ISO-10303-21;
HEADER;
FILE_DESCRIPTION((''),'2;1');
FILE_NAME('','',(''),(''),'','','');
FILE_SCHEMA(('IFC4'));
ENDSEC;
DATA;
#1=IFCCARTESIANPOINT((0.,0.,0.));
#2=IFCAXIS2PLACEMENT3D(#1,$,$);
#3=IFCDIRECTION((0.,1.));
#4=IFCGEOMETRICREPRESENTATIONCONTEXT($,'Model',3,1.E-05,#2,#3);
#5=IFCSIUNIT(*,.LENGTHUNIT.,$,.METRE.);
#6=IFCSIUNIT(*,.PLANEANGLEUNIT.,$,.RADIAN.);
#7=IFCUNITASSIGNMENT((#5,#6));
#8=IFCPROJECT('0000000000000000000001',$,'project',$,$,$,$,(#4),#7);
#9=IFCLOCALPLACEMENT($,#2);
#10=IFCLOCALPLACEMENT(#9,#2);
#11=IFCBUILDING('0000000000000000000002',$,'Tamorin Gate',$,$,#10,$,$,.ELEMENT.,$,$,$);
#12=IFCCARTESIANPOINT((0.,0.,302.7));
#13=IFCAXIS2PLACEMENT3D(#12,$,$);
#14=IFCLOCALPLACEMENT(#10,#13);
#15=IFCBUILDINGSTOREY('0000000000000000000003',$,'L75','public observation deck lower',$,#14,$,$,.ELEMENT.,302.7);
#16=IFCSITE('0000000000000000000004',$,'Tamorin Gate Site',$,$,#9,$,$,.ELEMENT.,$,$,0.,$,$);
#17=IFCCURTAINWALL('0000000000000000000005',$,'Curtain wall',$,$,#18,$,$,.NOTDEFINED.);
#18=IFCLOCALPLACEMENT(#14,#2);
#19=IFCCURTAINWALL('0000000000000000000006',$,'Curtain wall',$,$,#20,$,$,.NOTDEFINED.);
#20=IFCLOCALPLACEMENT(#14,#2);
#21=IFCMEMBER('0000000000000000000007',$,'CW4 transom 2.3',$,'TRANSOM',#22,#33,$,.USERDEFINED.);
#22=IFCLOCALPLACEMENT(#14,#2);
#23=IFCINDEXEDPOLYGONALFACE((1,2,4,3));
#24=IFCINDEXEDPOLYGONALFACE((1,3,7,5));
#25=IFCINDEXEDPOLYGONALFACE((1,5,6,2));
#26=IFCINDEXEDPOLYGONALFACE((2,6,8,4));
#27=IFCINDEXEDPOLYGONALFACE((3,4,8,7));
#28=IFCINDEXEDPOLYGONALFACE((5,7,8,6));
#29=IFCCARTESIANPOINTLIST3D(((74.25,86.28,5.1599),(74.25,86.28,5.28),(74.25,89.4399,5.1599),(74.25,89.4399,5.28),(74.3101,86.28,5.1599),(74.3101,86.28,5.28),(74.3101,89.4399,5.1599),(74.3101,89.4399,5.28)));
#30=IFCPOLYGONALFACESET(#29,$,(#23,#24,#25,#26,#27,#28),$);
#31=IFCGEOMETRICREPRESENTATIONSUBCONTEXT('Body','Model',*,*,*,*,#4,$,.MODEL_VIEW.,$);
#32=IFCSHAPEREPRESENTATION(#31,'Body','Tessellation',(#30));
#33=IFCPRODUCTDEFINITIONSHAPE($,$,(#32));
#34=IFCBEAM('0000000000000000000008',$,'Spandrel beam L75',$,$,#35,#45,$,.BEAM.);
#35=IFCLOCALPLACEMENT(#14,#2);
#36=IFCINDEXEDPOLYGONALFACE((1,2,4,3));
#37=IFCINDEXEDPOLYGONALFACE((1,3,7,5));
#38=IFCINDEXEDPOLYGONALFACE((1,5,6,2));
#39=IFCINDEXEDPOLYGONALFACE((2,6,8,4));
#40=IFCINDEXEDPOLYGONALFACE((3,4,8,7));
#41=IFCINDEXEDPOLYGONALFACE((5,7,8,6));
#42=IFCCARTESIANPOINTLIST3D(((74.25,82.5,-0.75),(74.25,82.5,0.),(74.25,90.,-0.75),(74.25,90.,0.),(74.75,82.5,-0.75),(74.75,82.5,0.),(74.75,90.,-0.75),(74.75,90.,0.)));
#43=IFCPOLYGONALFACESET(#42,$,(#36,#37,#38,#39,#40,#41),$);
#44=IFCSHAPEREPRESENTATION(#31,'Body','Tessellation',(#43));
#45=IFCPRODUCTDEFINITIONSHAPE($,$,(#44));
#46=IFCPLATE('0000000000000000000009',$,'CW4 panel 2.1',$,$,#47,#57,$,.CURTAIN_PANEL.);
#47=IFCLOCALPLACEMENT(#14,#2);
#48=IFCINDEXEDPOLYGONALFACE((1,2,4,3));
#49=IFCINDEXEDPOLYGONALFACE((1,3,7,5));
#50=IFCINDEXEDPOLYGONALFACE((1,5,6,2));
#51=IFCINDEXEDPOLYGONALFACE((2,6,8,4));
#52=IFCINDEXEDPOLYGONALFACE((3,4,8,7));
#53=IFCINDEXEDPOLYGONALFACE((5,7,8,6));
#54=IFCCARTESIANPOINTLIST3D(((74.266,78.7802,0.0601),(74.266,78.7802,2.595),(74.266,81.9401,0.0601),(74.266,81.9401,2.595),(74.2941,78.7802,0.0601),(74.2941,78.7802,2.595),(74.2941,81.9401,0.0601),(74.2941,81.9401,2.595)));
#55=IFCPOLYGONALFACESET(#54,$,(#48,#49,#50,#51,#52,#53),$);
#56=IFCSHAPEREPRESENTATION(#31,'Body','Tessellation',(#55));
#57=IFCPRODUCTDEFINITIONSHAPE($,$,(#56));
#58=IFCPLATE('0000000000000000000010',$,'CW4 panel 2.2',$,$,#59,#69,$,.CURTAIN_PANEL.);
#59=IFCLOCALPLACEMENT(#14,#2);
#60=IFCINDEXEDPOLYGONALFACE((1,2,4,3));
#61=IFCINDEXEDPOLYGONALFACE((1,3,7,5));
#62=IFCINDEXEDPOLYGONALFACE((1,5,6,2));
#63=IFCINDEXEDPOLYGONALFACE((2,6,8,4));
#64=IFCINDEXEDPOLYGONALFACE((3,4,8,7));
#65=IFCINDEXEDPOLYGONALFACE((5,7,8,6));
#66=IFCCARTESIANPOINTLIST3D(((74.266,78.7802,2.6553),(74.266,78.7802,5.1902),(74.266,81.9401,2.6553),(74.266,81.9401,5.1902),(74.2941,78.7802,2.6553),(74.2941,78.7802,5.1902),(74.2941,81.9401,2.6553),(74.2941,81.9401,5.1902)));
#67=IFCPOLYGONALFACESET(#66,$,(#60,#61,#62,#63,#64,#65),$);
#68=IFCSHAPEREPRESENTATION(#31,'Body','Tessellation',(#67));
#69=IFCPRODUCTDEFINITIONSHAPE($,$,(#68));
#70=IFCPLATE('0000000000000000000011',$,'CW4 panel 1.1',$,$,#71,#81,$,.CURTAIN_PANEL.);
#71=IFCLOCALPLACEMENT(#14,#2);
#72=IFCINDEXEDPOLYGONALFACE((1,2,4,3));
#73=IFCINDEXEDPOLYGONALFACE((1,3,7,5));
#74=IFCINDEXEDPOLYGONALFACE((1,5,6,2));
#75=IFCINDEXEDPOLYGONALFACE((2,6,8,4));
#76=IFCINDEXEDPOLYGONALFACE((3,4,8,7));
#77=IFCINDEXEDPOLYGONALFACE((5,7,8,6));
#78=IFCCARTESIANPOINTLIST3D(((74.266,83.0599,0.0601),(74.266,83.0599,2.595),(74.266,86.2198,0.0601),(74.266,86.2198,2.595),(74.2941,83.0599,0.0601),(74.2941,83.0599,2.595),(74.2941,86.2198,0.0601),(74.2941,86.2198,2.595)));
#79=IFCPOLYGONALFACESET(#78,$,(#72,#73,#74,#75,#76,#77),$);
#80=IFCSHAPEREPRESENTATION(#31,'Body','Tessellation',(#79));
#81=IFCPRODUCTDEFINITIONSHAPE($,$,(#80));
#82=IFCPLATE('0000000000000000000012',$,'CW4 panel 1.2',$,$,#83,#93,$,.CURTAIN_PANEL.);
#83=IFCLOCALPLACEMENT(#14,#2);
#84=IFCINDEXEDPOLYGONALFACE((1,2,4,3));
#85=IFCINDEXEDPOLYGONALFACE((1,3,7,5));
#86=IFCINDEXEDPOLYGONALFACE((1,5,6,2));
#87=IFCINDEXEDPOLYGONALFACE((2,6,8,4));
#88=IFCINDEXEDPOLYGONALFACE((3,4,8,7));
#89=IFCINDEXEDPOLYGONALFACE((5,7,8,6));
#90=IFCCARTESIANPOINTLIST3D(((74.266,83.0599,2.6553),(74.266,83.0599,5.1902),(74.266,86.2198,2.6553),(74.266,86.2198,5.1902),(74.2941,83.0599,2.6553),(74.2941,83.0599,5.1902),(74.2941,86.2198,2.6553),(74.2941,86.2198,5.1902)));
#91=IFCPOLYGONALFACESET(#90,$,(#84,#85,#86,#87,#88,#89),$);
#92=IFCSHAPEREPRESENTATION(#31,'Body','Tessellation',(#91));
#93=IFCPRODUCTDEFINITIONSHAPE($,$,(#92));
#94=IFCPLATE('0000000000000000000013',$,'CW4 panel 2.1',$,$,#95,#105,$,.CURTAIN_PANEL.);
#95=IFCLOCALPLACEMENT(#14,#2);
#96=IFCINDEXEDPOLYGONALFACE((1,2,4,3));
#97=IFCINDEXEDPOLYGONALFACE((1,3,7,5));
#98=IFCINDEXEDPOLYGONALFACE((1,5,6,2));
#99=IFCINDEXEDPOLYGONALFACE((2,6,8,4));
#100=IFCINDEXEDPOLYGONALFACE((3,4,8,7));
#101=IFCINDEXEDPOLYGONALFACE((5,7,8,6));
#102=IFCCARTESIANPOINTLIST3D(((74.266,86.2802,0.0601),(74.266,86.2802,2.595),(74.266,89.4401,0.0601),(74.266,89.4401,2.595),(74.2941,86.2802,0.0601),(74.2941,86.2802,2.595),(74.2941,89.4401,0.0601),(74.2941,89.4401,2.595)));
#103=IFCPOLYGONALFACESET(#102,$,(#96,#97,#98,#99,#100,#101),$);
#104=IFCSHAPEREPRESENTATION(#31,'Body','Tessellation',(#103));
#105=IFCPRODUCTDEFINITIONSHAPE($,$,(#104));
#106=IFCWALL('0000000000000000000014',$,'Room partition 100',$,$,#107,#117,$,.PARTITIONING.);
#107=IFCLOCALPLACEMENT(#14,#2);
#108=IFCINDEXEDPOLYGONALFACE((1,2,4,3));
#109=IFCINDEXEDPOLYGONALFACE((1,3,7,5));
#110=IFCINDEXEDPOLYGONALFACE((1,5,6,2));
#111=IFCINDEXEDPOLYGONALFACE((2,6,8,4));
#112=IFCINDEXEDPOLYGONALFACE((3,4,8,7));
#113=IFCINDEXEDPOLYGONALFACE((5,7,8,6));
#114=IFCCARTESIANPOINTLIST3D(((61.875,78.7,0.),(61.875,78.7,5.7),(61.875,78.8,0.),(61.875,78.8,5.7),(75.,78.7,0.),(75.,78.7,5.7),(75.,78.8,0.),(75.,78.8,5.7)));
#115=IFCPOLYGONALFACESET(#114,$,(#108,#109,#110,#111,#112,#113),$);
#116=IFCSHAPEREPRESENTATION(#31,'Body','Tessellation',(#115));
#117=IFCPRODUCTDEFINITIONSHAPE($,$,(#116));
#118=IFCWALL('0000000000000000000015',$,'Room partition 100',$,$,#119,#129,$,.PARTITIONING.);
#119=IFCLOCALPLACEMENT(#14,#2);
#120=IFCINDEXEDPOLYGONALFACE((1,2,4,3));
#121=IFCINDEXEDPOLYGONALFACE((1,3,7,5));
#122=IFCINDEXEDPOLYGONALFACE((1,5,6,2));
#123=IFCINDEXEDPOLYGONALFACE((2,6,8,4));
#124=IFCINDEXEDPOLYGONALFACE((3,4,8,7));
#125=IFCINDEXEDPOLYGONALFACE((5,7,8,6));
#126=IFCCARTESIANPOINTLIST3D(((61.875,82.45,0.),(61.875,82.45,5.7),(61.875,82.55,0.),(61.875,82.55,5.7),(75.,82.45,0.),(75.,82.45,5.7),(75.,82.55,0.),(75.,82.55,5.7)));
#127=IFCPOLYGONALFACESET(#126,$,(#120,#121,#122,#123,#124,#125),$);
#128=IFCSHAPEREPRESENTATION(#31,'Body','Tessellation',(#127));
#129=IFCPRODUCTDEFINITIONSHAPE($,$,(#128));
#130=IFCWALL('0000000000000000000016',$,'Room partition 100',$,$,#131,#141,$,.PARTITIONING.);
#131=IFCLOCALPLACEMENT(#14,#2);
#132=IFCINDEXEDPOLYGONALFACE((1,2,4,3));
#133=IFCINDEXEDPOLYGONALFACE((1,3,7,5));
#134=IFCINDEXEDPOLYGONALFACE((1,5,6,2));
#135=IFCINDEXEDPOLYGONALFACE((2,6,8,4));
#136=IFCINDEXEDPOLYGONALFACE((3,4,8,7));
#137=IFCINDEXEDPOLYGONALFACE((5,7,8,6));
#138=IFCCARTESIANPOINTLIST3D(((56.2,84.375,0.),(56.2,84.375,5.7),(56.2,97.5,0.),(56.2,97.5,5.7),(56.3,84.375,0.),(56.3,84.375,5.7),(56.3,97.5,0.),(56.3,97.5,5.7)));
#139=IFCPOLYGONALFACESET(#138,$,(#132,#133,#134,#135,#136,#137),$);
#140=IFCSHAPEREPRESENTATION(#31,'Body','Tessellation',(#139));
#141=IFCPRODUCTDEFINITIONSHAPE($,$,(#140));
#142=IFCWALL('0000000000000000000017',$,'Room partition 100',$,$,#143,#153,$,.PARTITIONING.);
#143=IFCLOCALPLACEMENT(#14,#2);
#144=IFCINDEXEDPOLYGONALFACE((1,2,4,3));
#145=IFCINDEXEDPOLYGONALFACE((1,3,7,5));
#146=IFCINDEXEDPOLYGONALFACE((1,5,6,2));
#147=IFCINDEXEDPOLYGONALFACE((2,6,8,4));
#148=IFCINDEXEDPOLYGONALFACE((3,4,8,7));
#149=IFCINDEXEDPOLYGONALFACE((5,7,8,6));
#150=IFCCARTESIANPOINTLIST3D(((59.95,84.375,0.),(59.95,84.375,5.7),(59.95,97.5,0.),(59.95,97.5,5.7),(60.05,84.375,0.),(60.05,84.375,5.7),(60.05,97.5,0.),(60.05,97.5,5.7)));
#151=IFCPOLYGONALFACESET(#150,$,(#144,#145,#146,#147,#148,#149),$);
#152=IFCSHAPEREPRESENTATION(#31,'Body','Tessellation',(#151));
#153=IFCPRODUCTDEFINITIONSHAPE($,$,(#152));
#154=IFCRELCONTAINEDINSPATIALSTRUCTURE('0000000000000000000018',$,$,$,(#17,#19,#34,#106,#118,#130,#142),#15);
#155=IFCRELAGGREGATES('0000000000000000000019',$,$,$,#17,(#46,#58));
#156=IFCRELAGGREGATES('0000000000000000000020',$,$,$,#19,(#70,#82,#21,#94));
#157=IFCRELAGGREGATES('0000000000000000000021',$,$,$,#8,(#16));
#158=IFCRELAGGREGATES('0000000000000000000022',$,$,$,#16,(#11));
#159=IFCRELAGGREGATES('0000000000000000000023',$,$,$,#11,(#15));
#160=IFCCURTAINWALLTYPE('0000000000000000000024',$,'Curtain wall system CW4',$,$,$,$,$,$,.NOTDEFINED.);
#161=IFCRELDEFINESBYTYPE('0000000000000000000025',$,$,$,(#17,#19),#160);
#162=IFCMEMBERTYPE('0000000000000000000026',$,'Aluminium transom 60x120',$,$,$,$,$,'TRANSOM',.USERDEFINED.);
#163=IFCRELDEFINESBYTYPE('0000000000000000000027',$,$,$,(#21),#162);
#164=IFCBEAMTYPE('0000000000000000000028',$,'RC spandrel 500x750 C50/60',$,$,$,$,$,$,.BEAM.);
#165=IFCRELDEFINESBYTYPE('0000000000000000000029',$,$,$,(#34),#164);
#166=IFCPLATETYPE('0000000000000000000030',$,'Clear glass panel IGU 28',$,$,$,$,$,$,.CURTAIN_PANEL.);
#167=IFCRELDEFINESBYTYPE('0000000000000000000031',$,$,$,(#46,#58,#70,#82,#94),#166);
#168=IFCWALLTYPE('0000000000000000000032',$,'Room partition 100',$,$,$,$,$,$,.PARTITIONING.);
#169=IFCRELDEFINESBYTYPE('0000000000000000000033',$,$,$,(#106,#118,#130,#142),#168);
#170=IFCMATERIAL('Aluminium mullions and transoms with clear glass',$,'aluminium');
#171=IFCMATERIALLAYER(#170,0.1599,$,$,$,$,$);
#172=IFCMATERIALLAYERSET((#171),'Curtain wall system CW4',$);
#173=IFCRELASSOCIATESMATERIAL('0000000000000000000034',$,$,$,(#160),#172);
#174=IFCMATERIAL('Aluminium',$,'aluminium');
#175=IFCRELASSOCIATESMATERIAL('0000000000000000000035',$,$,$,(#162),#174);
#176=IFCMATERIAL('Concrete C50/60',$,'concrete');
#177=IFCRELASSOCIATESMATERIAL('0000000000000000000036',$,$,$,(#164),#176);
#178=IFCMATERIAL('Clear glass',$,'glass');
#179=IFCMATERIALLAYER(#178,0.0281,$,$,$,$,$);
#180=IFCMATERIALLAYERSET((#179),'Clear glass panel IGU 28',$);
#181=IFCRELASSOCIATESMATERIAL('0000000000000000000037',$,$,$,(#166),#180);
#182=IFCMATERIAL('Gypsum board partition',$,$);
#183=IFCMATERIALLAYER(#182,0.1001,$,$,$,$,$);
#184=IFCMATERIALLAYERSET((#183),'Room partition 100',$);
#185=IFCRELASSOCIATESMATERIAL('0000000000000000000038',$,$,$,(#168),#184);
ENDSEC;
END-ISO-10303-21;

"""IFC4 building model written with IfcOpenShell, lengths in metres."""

from ifc_helpers import new_model, si_unit, direction, frame, frame_2d, origin, origin_2d, place, context, subcontext, project, spatial, rectangle, extrude, material, layer, layer_set, material_profile, profile_set, type_object, element, aggregate, save


model = new_model("IFC4")

# Units and contexts
model_context = context("Model", 3, precision=1e-05, world=origin(), true_north=direction((0.0, 1.0)))
body_context = subcontext(model_context, "Body", "Model", "MODEL_VIEW")
ifc_project = project(units=[si_unit("LENGTHUNIT", "METRE"), si_unit("PLANEANGLEUNIT", "RADIAN")], contexts=[model_context])

# Site, building, storey
site_placement = place(None, origin())
site = spatial("IfcSite", under=ifc_project, at=site_placement, Name="Tamorin Gate Site", CompositionType="ELEMENT", RefElevation=0.0)
building_placement = place(site_placement, origin())
building = spatial("IfcBuilding", under=site, at=building_placement, Name="Tamorin Gate", CompositionType="ELEMENT")
storey_placement = place(building_placement, frame((0.0, 0.0, 302.7)))
storey = spatial("IfcBuildingStorey", under=building, at=storey_placement, Name="L75", Description="public observation deck lower", CompositionType="ELEMENT", Elevation=302.7)

# Shared definitions
ifc_material_1 = material(Name="Concrete C50/60", Category="concrete")

# Curtain walls
ifc_material_2 = material(Name="Aluminium mullions and transoms with clear glass", Category="aluminium")
ifc_layer_1 = layer(ifc_material_2, 0.1599)
ifc_layer_set_1 = layer_set([ifc_layer_1], Name="Curtain wall system CW4")
curtain_wall_type = type_object("IfcCurtainWallType", Name="Curtain wall system CW4", PredefinedType="NOTDEFINED", material=ifc_layer_set_1)
curtain_wall_1_placement = place(storey_placement, origin())
curtain_wall_1 = element("IfcCurtainWall", 1, at=curtain_wall_1_placement, inside=storey, type_object=curtain_wall_type, Name="Curtain wall", PredefinedType="NOTDEFINED")
ifc_material_3 = material(Name="Aluminium", Category="aluminium")
curtain_wall_2_placement = place(storey_placement, origin())
curtain_wall_2 = element("IfcCurtainWall", 2, at=curtain_wall_2_placement, inside=storey, type_object=curtain_wall_type, Name="Curtain wall", PredefinedType="NOTDEFINED")

# Member
ifc_material_profile_1 = material_profile(ifc_material_3, rectangle(XDim=0.0601, YDim=0.1201, at=origin_2d()), Name="RECT 60x120")
ifc_profile_set_1 = profile_set([ifc_material_profile_1], Name="Aluminium")
member_type_1 = type_object("IfcMemberType", Name="Aluminium transom 60x120", ElementType="TRANSOM", PredefinedType="USERDEFINED", material=ifc_profile_set_1)
member_1_placement = place(storey_placement, frame((74.28, 86.28, 5.22), z_axis=(0.0, 1.0, 0.0), x_axis=(-1.0, 0.0, 0.0)))
member_1 = element("IfcMember", 3, at=member_1_placement, type_object=member_type_1, Name="CW4 transom 2.3", ObjectType="TRANSOM", PredefinedType="USERDEFINED", context=body_context, shape_type="SweptSolid", body=[
    extrude(rectangle(XDim=0.0601, YDim=0.1201, at=origin_2d()), origin(), (0.0, 0.0, 1.0), 3.1599),
])

# Beam
ifc_material_profile_2 = material_profile(ifc_material_1, rectangle(XDim=0.5, YDim=0.75, at=origin_2d()), Name="RC 500x750")
ifc_profile_set_2 = profile_set([ifc_material_profile_2], Name="Concrete C50/60")
beam_type = type_object("IfcBeamType", Name="RC spandrel 500x750 C50/60", PredefinedType="BEAM", material=ifc_profile_set_2)
beam_placement = place(storey_placement, frame((74.5, 82.5, -0.375), z_axis=(0.0, 1.0, 0.0), x_axis=(-1.0, 0.0, 0.0)))
element("IfcBeam", 4, at=beam_placement, inside=storey, type_object=beam_type, Name="Spandrel beam L75", PredefinedType="BEAM", context=body_context, shape_type="SweptSolid", body=[
    extrude(rectangle(XDim=0.5, YDim=0.75, at=origin_2d()), origin(), (0.0, 0.0, 1.0), 7.5),
])

# Plates
ifc_material_4 = material(Name="Clear glass", Category="glass")
ifc_layer_2 = layer(ifc_material_4, 0.0281)
ifc_layer_set_2 = layer_set([ifc_layer_2], Name="Clear glass panel IGU 28")
plate_type = type_object("IfcPlateType", Name="Clear glass panel IGU 28", PredefinedType="CURTAIN_PANEL", material=ifc_layer_set_2)
plate_1_placement = place(storey_placement, frame((74.28, 80.3601, 0.0601), z_axis=(0.0, 0.0, 1.0), x_axis=(0.0, 1.0, 0.0)))
plate_1 = element("IfcPlate", 5, at=plate_1_placement, type_object=plate_type, Name="CW4 panel 2.1", PredefinedType="CURTAIN_PANEL", context=body_context, shape_type="SweptSolid", body=[
    extrude(rectangle(XDim=3.1599, YDim=0.0281, at=origin_2d()), origin(), (0.0, 0.0, 1.0), 2.5349),
])
plate_2_placement = place(storey_placement, frame((74.28, 80.3601, 2.6553), z_axis=(0.0, 0.0, 1.0), x_axis=(0.0, 1.0, 0.0)))
plate_2 = element("IfcPlate", 6, at=plate_2_placement, type_object=plate_type, Name="CW4 panel 2.2", PredefinedType="CURTAIN_PANEL", context=body_context, shape_type="SweptSolid", body=[
    extrude(rectangle(XDim=3.1599, YDim=0.0281, at=origin_2d()), origin(), (0.0, 0.0, 1.0), 2.5349),
])
aggregate(curtain_wall_1, [plate_1, plate_2])
plate_3_placement = place(storey_placement, frame((74.28, 84.6399, 0.0601), z_axis=(0.0, 0.0, 1.0), x_axis=(0.0, 1.0, 0.0)))
plate_3 = element("IfcPlate", 7, at=plate_3_placement, type_object=plate_type, Name="CW4 panel 1.1", PredefinedType="CURTAIN_PANEL", context=body_context, shape_type="SweptSolid", body=[
    extrude(rectangle(XDim=3.1599, YDim=0.0281, at=origin_2d()), origin(), (0.0, 0.0, 1.0), 2.5349),
])
plate_4_placement = place(storey_placement, frame((74.28, 84.6399, 2.6553), z_axis=(0.0, 0.0, 1.0), x_axis=(0.0, 1.0, 0.0)))
plate_4 = element("IfcPlate", 8, at=plate_4_placement, type_object=plate_type, Name="CW4 panel 1.2", PredefinedType="CURTAIN_PANEL", context=body_context, shape_type="SweptSolid", body=[
    extrude(rectangle(XDim=3.1599, YDim=0.0281, at=origin_2d()), origin(), (0.0, 0.0, 1.0), 2.5349),
])
plate_5_placement = place(storey_placement, frame((74.28, 87.8601, 0.0601), z_axis=(0.0, 0.0, 1.0), x_axis=(0.0, 1.0, 0.0)))
plate_5 = element("IfcPlate", 9, at=plate_5_placement, type_object=plate_type, Name="CW4 panel 2.1", PredefinedType="CURTAIN_PANEL", context=body_context, shape_type="SweptSolid", body=[
    extrude(rectangle(XDim=3.1599, YDim=0.0281, at=origin_2d()), origin(), (0.0, 0.0, 1.0), 2.5349),
])
aggregate(curtain_wall_2, [plate_3, plate_4, member_1, plate_5])

# Walls
ifc_material_5 = material(Name="Gypsum board partition")
ifc_layer_3 = layer(ifc_material_5, 0.1001)
ifc_layer_set_3 = layer_set([ifc_layer_3], Name="Room partition 100")
wall_type = type_object("IfcWallType", Name="Room partition 100", PredefinedType="PARTITIONING", material=ifc_layer_set_3)
for number, where, z_axis, x_axis, name in (
    (10, (61.875, 78.75, 0.0), (0.0, 0.0, 1.0), (1.0, 0.0, 0.0), "Room partition 100"),
    (11, (61.875, 82.5, 0.0), (0.0, 0.0, 1.0), (1.0, 0.0, 0.0), "Room partition 100"),
    (12, (56.25, 84.375, 0.0), (0.0, 0.0, 1.0), (0.0, 1.0, 0.0), "Room partition 100"),
    (13, (60.0, 84.375, 0.0), (0.0, 0.0, 1.0), (0.0, 1.0, 0.0), "Room partition 100"),
):
    element("IfcWall", number, at=place(storey_placement, frame(where, z_axis=z_axis, x_axis=x_axis)), inside=storey, type_object=wall_type, Name=name, PredefinedType="PARTITIONING", context=body_context, shape_type="SweptSolid", body=[
        extrude(rectangle(XDim=13.125, YDim=0.1001, at=frame_2d((6.5625, 0.0))), origin(), (0.0, 0.0, 1.0), 5.7),
    ])

save(model, "model.ifc")
